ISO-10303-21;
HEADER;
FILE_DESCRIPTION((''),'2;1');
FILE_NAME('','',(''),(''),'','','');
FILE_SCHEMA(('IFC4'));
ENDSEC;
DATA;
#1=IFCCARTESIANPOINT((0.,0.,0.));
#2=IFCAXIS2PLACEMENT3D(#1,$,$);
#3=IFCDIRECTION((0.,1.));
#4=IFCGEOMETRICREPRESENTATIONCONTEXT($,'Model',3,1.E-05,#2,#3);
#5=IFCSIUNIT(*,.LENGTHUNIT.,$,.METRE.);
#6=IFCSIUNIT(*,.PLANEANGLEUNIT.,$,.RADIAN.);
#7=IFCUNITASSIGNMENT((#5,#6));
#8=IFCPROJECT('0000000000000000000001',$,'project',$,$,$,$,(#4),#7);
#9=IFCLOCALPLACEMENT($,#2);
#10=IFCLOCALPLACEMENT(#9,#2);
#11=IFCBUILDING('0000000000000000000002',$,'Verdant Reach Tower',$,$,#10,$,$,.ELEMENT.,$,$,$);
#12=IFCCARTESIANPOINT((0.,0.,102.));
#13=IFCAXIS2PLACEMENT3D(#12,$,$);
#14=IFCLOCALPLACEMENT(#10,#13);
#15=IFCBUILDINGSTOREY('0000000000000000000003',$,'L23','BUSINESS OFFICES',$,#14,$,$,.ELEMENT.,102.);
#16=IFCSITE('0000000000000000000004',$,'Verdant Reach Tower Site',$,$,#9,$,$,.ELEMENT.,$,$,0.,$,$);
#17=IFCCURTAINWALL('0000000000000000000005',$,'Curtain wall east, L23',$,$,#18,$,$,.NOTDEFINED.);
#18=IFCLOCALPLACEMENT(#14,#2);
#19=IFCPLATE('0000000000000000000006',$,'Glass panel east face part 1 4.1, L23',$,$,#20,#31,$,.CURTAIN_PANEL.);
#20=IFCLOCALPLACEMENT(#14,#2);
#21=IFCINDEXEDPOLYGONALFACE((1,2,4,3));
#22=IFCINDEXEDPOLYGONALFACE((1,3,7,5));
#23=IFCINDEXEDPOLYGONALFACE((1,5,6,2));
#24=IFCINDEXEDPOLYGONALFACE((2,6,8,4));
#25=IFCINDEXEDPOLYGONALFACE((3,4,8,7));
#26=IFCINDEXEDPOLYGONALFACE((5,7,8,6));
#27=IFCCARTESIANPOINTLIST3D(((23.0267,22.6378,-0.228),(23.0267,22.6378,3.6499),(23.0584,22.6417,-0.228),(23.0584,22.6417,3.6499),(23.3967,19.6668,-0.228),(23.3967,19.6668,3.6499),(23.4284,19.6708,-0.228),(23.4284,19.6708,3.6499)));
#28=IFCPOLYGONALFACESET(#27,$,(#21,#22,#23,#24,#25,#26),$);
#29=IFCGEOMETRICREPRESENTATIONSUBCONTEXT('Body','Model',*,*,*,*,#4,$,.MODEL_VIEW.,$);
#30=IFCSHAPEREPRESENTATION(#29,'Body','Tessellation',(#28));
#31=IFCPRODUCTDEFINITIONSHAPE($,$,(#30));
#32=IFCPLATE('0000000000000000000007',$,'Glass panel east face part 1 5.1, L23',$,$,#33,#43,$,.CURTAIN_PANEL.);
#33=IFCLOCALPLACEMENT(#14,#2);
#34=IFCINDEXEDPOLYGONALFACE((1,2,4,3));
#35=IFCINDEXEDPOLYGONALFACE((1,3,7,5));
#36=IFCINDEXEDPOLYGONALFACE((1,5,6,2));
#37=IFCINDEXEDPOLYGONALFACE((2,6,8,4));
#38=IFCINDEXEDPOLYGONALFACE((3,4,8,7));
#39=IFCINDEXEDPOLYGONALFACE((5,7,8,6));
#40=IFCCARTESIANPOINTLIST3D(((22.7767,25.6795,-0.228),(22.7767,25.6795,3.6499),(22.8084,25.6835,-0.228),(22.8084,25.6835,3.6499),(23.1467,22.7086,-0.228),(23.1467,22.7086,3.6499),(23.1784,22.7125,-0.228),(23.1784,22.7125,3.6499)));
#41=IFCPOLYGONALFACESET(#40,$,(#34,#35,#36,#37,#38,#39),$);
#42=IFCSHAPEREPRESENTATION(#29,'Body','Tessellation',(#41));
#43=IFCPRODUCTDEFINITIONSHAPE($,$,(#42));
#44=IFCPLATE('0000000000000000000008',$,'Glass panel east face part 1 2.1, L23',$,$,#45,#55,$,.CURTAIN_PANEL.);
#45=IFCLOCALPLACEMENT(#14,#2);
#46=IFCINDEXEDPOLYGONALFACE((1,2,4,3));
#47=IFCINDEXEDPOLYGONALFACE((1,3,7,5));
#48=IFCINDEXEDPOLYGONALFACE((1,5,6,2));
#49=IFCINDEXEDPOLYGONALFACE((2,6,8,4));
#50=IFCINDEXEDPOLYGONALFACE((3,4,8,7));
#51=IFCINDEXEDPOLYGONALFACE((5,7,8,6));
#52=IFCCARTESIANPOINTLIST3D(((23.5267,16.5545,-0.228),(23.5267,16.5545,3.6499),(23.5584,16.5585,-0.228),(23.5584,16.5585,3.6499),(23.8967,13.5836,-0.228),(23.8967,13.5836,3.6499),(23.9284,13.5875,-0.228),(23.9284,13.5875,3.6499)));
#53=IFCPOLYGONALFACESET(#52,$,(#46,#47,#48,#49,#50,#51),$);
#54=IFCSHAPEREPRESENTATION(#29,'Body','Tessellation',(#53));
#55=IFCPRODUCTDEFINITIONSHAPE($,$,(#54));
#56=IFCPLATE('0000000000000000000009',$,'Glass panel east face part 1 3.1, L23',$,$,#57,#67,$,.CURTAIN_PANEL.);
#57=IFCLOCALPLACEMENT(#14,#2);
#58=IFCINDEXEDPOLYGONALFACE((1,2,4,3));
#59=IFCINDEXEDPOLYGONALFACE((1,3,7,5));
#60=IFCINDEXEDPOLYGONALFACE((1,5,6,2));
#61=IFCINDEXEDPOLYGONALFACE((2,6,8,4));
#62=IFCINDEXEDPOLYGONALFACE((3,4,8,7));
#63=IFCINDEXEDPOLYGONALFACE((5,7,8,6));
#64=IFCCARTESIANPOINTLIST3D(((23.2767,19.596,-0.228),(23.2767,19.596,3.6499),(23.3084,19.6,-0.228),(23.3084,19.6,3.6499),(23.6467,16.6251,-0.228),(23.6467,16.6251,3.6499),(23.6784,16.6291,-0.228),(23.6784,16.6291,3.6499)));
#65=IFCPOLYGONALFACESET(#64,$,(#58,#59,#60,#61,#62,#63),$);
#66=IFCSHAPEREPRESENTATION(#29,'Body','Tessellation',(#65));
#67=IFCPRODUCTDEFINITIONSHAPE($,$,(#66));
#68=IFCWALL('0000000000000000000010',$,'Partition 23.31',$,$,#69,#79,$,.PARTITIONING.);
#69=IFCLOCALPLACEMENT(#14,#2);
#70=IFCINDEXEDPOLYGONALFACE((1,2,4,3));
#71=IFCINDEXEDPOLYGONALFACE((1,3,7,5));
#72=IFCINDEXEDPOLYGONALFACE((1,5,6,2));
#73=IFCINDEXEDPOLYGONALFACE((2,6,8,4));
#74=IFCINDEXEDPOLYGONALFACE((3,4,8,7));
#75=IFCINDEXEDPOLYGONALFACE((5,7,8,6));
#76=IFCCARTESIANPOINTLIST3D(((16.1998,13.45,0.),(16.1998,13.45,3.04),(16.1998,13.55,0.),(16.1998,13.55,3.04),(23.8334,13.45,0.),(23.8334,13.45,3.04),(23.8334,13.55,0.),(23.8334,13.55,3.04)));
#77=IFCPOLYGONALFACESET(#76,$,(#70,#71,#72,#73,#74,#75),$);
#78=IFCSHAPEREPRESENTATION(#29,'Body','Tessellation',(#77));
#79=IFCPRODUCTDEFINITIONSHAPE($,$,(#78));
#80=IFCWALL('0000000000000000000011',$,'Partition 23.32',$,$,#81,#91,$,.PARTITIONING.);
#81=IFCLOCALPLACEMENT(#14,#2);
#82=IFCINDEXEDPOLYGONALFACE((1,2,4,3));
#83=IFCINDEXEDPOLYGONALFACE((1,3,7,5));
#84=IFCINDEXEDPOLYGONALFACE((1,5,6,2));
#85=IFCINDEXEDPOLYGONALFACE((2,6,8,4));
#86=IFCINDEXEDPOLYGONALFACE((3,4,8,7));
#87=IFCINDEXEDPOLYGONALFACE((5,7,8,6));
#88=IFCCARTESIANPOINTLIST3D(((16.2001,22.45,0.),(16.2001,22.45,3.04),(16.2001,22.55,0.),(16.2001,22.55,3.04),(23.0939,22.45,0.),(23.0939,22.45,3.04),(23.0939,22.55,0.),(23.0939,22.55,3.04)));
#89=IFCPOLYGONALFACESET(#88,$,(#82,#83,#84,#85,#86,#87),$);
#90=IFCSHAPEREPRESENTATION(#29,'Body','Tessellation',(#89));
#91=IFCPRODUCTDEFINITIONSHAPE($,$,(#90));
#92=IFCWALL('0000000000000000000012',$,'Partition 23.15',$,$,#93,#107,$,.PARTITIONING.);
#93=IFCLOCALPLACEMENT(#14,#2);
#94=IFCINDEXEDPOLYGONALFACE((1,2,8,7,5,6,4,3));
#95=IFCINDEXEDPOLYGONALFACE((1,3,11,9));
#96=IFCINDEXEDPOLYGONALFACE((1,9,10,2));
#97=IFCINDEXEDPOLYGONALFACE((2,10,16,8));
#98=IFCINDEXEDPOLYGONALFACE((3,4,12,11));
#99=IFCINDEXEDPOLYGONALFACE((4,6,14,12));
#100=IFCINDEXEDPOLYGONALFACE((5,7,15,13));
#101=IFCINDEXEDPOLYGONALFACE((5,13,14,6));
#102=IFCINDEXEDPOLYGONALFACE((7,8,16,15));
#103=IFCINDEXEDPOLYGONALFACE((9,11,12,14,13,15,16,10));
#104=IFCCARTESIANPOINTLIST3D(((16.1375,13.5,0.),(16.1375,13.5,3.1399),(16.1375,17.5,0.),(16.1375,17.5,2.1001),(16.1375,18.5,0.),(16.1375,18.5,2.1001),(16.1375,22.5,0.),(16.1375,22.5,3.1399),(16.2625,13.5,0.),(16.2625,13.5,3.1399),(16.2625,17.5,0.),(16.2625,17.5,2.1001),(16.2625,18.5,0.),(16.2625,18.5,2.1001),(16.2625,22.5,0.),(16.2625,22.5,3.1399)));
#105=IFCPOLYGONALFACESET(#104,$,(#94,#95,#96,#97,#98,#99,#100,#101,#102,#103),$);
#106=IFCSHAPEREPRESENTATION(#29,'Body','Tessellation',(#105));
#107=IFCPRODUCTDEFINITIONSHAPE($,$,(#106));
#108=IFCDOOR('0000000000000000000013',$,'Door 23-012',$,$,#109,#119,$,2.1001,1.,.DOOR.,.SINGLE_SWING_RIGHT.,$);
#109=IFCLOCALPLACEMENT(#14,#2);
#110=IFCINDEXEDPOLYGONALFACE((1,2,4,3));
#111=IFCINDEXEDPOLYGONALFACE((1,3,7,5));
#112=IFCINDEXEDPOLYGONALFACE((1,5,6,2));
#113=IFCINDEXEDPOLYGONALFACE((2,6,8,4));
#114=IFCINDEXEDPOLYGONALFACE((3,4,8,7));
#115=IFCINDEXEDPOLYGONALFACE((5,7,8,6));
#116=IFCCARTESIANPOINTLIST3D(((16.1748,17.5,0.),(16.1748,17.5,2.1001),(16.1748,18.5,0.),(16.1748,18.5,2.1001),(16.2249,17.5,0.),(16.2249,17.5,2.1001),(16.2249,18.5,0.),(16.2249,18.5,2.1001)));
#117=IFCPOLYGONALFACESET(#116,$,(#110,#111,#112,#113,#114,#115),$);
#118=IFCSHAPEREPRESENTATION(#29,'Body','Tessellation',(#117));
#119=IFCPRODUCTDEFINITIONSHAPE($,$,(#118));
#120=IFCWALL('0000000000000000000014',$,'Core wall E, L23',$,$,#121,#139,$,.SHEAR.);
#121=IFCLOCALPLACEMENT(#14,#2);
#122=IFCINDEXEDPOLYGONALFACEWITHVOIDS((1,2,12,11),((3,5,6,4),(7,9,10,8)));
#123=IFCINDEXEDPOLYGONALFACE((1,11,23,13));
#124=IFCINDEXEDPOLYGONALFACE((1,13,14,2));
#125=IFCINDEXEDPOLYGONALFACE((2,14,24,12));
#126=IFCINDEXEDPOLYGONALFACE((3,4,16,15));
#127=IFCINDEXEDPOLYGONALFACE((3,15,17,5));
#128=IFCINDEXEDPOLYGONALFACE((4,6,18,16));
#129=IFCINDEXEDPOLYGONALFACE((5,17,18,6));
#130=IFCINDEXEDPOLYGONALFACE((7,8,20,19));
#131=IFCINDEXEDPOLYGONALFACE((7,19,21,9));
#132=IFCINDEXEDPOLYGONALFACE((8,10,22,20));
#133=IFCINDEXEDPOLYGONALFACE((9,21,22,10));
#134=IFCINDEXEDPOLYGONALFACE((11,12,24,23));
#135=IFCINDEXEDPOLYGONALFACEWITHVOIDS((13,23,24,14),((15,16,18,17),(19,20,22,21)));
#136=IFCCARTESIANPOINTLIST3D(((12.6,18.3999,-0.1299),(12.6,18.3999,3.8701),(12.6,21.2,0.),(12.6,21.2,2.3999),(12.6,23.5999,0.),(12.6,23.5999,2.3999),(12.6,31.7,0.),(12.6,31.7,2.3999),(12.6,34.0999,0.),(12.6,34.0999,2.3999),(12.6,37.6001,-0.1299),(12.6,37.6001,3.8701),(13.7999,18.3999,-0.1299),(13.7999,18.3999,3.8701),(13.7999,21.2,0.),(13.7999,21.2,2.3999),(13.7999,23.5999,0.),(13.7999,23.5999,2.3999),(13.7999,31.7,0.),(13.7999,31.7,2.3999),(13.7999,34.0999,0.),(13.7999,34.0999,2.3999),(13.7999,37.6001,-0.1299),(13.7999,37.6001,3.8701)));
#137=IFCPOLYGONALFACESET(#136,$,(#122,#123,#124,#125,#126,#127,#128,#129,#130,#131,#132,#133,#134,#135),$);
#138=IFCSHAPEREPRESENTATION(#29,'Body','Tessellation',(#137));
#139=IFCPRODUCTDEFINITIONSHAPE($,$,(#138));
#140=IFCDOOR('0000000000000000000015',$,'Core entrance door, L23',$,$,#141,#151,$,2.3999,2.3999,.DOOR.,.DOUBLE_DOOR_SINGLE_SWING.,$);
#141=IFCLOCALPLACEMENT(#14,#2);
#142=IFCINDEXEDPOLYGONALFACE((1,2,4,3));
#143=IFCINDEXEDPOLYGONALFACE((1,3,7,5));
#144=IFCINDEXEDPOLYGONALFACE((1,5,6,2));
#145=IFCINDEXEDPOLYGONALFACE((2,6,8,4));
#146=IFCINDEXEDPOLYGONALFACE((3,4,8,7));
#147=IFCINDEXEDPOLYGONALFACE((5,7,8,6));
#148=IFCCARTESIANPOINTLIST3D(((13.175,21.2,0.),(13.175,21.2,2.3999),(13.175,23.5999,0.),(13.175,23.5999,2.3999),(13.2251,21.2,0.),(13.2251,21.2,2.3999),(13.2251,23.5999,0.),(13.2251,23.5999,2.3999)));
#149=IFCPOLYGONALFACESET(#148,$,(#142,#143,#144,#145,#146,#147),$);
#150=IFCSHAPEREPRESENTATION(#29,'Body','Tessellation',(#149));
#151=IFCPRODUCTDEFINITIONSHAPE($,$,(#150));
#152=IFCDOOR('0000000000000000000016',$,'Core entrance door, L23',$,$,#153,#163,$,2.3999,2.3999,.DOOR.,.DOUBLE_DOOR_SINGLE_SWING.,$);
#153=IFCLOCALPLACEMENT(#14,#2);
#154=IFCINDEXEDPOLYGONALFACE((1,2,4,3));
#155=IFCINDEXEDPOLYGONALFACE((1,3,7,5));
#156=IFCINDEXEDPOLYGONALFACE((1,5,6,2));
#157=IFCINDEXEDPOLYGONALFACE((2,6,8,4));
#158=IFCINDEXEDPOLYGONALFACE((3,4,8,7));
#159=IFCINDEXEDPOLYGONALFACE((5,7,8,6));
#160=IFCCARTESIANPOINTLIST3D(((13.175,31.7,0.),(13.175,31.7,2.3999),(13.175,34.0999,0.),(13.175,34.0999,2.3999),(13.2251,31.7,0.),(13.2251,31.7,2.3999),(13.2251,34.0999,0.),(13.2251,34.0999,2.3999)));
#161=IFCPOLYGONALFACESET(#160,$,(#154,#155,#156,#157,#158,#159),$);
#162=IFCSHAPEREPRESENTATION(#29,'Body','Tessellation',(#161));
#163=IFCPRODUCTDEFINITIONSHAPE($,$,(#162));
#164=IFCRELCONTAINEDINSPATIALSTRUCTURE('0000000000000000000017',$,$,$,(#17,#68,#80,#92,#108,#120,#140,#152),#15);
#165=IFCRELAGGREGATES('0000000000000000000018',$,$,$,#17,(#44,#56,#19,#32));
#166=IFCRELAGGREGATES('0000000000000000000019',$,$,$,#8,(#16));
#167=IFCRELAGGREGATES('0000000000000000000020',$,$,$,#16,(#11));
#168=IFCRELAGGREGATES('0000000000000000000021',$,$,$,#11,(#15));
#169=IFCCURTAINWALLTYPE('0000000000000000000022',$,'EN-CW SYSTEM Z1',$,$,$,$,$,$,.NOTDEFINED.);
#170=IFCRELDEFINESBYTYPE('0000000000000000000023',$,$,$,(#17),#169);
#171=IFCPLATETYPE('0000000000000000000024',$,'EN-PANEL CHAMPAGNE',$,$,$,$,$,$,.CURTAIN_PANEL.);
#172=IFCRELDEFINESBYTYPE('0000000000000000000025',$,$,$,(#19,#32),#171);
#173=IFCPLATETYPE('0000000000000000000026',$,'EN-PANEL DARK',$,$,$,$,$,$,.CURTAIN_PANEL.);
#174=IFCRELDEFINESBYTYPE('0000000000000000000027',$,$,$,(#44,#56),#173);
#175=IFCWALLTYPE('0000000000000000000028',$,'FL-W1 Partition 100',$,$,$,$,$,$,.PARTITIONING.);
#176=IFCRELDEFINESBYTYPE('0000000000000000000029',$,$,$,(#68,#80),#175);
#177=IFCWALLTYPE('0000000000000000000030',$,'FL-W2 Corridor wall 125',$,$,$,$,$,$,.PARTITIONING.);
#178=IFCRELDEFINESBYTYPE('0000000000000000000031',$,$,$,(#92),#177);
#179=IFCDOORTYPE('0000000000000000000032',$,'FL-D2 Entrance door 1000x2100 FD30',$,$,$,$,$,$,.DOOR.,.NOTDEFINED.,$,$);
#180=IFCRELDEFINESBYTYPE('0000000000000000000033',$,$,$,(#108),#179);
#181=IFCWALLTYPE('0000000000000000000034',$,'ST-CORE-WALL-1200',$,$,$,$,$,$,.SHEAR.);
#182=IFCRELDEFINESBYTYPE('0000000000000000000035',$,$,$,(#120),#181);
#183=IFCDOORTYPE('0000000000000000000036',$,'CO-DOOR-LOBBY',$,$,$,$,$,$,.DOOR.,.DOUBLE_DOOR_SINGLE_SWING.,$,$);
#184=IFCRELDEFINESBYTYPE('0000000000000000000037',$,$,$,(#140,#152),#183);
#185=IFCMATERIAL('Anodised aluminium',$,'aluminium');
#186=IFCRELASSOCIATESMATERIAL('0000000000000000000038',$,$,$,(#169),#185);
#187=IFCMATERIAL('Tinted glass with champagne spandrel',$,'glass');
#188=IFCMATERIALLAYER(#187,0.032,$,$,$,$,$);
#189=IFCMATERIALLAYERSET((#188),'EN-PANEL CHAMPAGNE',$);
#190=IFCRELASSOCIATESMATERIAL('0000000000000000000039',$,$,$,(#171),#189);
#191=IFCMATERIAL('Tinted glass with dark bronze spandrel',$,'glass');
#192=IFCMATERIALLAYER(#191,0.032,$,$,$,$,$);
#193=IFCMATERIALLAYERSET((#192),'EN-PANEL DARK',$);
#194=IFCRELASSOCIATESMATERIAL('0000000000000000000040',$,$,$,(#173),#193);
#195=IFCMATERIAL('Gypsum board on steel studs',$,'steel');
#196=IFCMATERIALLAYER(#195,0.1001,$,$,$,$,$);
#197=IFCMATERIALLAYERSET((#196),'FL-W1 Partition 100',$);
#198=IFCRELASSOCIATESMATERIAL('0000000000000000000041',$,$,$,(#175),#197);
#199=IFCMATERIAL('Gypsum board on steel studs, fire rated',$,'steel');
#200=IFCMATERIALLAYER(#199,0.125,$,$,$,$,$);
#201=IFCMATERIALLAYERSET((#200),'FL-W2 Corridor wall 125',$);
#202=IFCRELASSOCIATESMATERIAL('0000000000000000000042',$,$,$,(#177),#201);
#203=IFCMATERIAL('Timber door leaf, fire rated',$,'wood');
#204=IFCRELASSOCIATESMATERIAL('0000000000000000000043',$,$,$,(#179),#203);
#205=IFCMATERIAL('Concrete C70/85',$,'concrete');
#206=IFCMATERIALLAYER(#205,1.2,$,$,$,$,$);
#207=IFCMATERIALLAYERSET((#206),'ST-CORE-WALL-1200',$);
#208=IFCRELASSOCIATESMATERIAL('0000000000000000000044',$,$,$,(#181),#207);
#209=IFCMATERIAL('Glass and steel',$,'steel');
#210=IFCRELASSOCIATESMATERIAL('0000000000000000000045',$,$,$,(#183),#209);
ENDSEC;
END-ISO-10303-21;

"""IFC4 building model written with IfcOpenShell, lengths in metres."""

from ifc_helpers import new_model, si_unit, direction, frame, frame_2d, origin, origin_2d, place, context, subcontext, project, spatial, rectangle, extrude, material, layer, layer_set, type_object, element, fill, aggregate, save


model = new_model("IFC4")

# Units and contexts
model_context = context("Model", 3, precision=1e-05, world=origin(), true_north=direction((0.0, 1.0)))
body_context = subcontext(model_context, "Body", "Model", "MODEL_VIEW")
ifc_project = project(units=[si_unit("LENGTHUNIT", "METRE"), si_unit("PLANEANGLEUNIT", "RADIAN")], contexts=[model_context])

# Site, building, storey
site_placement = place(None, origin())
site = spatial("IfcSite", under=ifc_project, at=site_placement, Name="Verdant Reach Tower Site", CompositionType="ELEMENT", RefElevation=0.0)
building_placement = place(site_placement, origin())
building = spatial("IfcBuilding", under=site, at=building_placement, Name="Verdant Reach Tower", CompositionType="ELEMENT")
storey_placement = place(building_placement, frame((0.0, 0.0, 102.0)))
storey = spatial("IfcBuildingStorey", under=building, at=storey_placement, Name="L23", Description="BUSINESS OFFICES", CompositionType="ELEMENT", Elevation=102.0)

# Curtain wall, plates
ifc_material_1 = material(Name="Anodised aluminium", Category="aluminium")
curtain_wall_type = type_object("IfcCurtainWallType", Name="EN-CW SYSTEM Z1", PredefinedType="NOTDEFINED", material=ifc_material_1)
curtain_wall_placement = place(storey_placement, origin())
curtain_wall = element("IfcCurtainWall", 1, at=curtain_wall_placement, inside=storey, type_object=curtain_wall_type, Name="Curtain wall east, L23", PredefinedType="NOTDEFINED")
ifc_material_2 = material(Name="Tinted glass with champagne spandrel", Category="glass")
ifc_layer_1 = layer(ifc_material_2, 0.032)
ifc_layer_set_1 = layer_set([ifc_layer_1], Name="EN-PANEL CHAMPAGNE")
plate_type_1 = type_object("IfcPlateType", Name="EN-PANEL CHAMPAGNE", PredefinedType="CURTAIN_PANEL", material=ifc_layer_set_1)
plate_1_placement = place(storey_placement, frame((23.2275, 21.1543, -0.228), z_axis=(0.0, 0.0, 1.0), x_axis=(-0.123579, 0.992335, 0.0)))
plate_1 = element("IfcPlate", 2, at=plate_1_placement, type_object=plate_type_1, Name="Glass panel east face part 1 4.1, L23", PredefinedType="CURTAIN_PANEL", context=body_context, shape_type="SweptSolid", body=[
    extrude(rectangle(XDim=2.9939, YDim=0.032, at=origin_2d()), origin(), (0.0, 0.0, 1.0), 3.8779),
])
plate_2_placement = place(storey_placement, frame((22.9775, 24.196, -0.228), z_axis=(0.0, 0.0, 1.0), x_axis=(-0.123579, 0.992335, 0.0)))
plate_2 = element("IfcPlate", 3, at=plate_2_placement, type_object=plate_type_1, Name="Glass panel east face part 1 5.1, L23", PredefinedType="CURTAIN_PANEL", context=body_context, shape_type="SweptSolid", body=[
    extrude(rectangle(XDim=2.9939, YDim=0.032, at=origin_2d()), origin(), (0.0, 0.0, 1.0), 3.8779),
])
ifc_material_3 = material(Name="Tinted glass with dark bronze spandrel", Category="glass")
ifc_layer_2 = layer(ifc_material_3, 0.032)
ifc_layer_set_2 = layer_set([ifc_layer_2], Name="EN-PANEL DARK")
plate_type_2 = type_object("IfcPlateType", Name="EN-PANEL DARK", PredefinedType="CURTAIN_PANEL", material=ifc_layer_set_2)
plate_3_placement = place(storey_placement, frame((23.7275, 15.071, -0.228), z_axis=(0.0, 0.0, 1.0), x_axis=(-0.123579, 0.992335, 0.0)))
plate_3 = element("IfcPlate", 4, at=plate_3_placement, type_object=plate_type_2, Name="Glass panel east face part 1 2.1, L23", PredefinedType="CURTAIN_PANEL", context=body_context, shape_type="SweptSolid", body=[
    extrude(rectangle(XDim=2.9939, YDim=0.032, at=origin_2d()), origin(), (0.0, 0.0, 1.0), 3.8779),
])
plate_4_placement = place(storey_placement, frame((23.4775, 18.1125, -0.228), z_axis=(0.0, 0.0, 1.0), x_axis=(-0.123579, 0.992335, 0.0)))
plate_4 = element("IfcPlate", 5, at=plate_4_placement, type_object=plate_type_2, Name="Glass panel east face part 1 3.1, L23", PredefinedType="CURTAIN_PANEL", context=body_context, shape_type="SweptSolid", body=[
    extrude(rectangle(XDim=2.9939, YDim=0.032, at=origin_2d()), origin(), (0.0, 0.0, 1.0), 3.8779),
])
aggregate(curtain_wall, [plate_3, plate_4, plate_1, plate_2])

# Walls
ifc_material_4 = material(Name="Gypsum board on steel studs", Category="steel")
ifc_layer_3 = layer(ifc_material_4, 0.1001)
ifc_layer_set_3 = layer_set([ifc_layer_3], Name="FL-W1 Partition 100")
wall_type_1 = type_object("IfcWallType", Name="FL-W1 Partition 100", PredefinedType="PARTITIONING", material=ifc_layer_set_3)
wall_1_placement = place(storey_placement, frame((23.8335, 13.5, 0.0), z_axis=(0.0, 0.0, 1.0), x_axis=(-1.0, 0.0, 0.0)))
element("IfcWall", 6, at=wall_1_placement, inside=storey, type_object=wall_type_1, Name="Partition 23.31", PredefinedType="PARTITIONING", context=body_context, shape_type="SweptSolid", body=[
    extrude(rectangle(XDim=7.6335, YDim=0.1001, at=frame_2d((3.8169, 0.0))), origin(), (0.0, 0.0, 1.0), 3.04),
])
wall_2_placement = place(storey_placement, frame((23.0938, 22.5, 0.0), z_axis=(0.0, 0.0, 1.0), x_axis=(-1.0, 0.0, 0.0)))
element("IfcWall", 7, at=wall_2_placement, inside=storey, type_object=wall_type_1, Name="Partition 23.32", PredefinedType="PARTITIONING", context=body_context, shape_type="SweptSolid", body=[
    extrude(rectangle(XDim=6.8938, YDim=0.1001, at=frame_2d((3.4468, 0.0))), origin(), (0.0, 0.0, 1.0), 3.04),
])

# Wall, opening, door
ifc_material_5 = material(Name="Gypsum board on steel studs, fire rated", Category="steel")
ifc_layer_4 = layer(ifc_material_5, 0.125)
ifc_layer_set_4 = layer_set([ifc_layer_4], Name="FL-W2 Corridor wall 125")
wall_type_2 = type_object("IfcWallType", Name="FL-W2 Corridor wall 125", PredefinedType="PARTITIONING", material=ifc_layer_set_4)
wall_3_placement = place(storey_placement, frame((16.2, 22.5, 0.0), z_axis=(0.0, 0.0, 1.0), x_axis=(0.0, -1.0, 0.0)))
wall_3 = element("IfcWall", 8, at=wall_3_placement, inside=storey, type_object=wall_type_2, Name="Partition 23.15", PredefinedType="PARTITIONING", context=body_context, shape_type="SweptSolid", body=[
    extrude(rectangle(XDim=9.0, YDim=0.125, at=frame_2d((4.5, 0.0))), origin(), (0.0, 0.0, 1.0), 3.1399),
])
opening_1_placement = place(wall_3_placement, frame((4.0, 0.0, 0.0)))
opening_1 = element("IfcOpeningElement", 9, at=opening_1_placement, cuts=wall_3, PredefinedType="OPENING", context=body_context, shape_type="SweptSolid", body=[
    extrude(rectangle(XDim=1.0, YDim=2.1001, at=frame_2d((0.5, 1.05))), frame((0.0, 0.0725, 0.0), z_axis=(0.0, -1.0, 0.0), x_axis=(1.0, 0.0, 0.0)), (0.0, 0.0, 1.0), 0.145),
])
ifc_material_6 = material(Name="Timber door leaf, fire rated", Category="wood")
door_type_1 = type_object("IfcDoorType", Name="FL-D2 Entrance door 1000x2100 FD30", OperationType="NOTDEFINED", PredefinedType="DOOR", material=ifc_material_6)
door_1_placement = place(opening_1_placement, origin())
door_1 = element("IfcDoor", 10, at=door_1_placement, inside=storey, type_object=door_type_1, Name="Door 23-012", OperationType="SINGLE_SWING_RIGHT", OverallHeight=2.1001, OverallWidth=1.0, PredefinedType="DOOR", context=body_context, shape_type="SweptSolid", body=[
    extrude(rectangle(XDim=1.0, YDim=2.1001, at=frame_2d((0.5, 1.05))), frame((0.0, 0.0249, 0.0), z_axis=(0.0, -1.0, 0.0), x_axis=(1.0, 0.0, 0.0)), (0.0, 0.0, 1.0), 0.05),
])
fill(opening_1, door_1)

# Wall, openings, doors
ifc_material_7 = material(Name="Concrete C70/85", Category="concrete")
ifc_layer_5 = layer(ifc_material_7, 1.2)
ifc_layer_set_5 = layer_set([ifc_layer_5], Name="ST-CORE-WALL-1200")
wall_type_3 = type_object("IfcWallType", Name="ST-CORE-WALL-1200", PredefinedType="SHEAR", material=ifc_layer_set_5)
wall_4_placement = place(storey_placement, frame((13.2, 18.3999, -0.1299), z_axis=(0.0, 0.0, 1.0), x_axis=(0.0, 1.0, 0.0)))
wall_4 = element("IfcWall", 11, at=wall_4_placement, inside=storey, type_object=wall_type_3, Name="Core wall E, L23", PredefinedType="SHEAR", context=body_context, shape_type="SweptSolid", body=[
    extrude(rectangle(XDim=19.2002, YDim=1.2, at=frame_2d((9.6001, 0.0))), origin(), (0.0, 0.0, 1.0), 4.0),
])
opening_2_placement = place(wall_4_placement, frame((2.8, 0.0, 0.1299)))
opening_2 = element("IfcOpeningElement", 12, at=opening_2_placement, cuts=wall_4, PredefinedType="OPENING", context=body_context, shape_type="SweptSolid", body=[
    extrude(rectangle(XDim=2.3999, YDim=2.3999, at=frame_2d((1.2, 1.2))), frame((0.0, 0.6099, 0.0), z_axis=(0.0, -1.0, 0.0), x_axis=(1.0, 0.0, 0.0)), (0.0, 0.0, 1.0), 1.22),
])
opening_3_placement = place(wall_4_placement, frame((13.3, 0.0, 0.1299)))
opening_3 = element("IfcOpeningElement", 13, at=opening_3_placement, cuts=wall_4, PredefinedType="OPENING", context=body_context, shape_type="SweptSolid", body=[
    extrude(rectangle(XDim=2.3999, YDim=2.3999, at=frame_2d((1.2, 1.2))), frame((0.0, 0.6099, 0.0), z_axis=(0.0, -1.0, 0.0), x_axis=(1.0, 0.0, 0.0)), (0.0, 0.0, 1.0), 1.22),
])
ifc_material_8 = material(Name="Glass and steel", Category="steel")
door_type_2 = type_object("IfcDoorType", Name="CO-DOOR-LOBBY", OperationType="DOUBLE_DOOR_SINGLE_SWING", PredefinedType="DOOR", material=ifc_material_8)
door_2_placement = place(opening_2_placement, origin())
door_2 = element("IfcDoor", 14, at=door_2_placement, inside=storey, type_object=door_type_2, Name="Core entrance door, L23", OperationType="DOUBLE_DOOR_SINGLE_SWING", OverallHeight=2.3999, OverallWidth=2.3999, PredefinedType="DOOR", context=body_context, shape_type="SweptSolid", body=[
    extrude(rectangle(XDim=2.3999, YDim=2.3999, at=frame_2d((1.2, 1.2))), frame((0.0, 0.0249, 0.0), z_axis=(0.0, -1.0, 0.0), x_axis=(1.0, 0.0, 0.0)), (0.0, 0.0, 1.0), 0.05),
])
fill(opening_2, door_2)
door_3_placement = place(opening_3_placement, origin())
door_3 = element("IfcDoor", 15, at=door_3_placement, inside=storey, type_object=door_type_2, Name="Core entrance door, L23", OperationType="DOUBLE_DOOR_SINGLE_SWING", OverallHeight=2.3999, OverallWidth=2.3999, PredefinedType="DOOR", context=body_context, shape_type="SweptSolid", body=[
    extrude(rectangle(XDim=2.3999, YDim=2.3999, at=frame_2d((1.2, 1.2))), frame((0.0, 0.0249, 0.0), z_axis=(0.0, -1.0, 0.0), x_axis=(1.0, 0.0, 0.0)), (0.0, 0.0, 1.0), 0.05),
])
fill(opening_3, door_3)

save(model, "model.ifc")
